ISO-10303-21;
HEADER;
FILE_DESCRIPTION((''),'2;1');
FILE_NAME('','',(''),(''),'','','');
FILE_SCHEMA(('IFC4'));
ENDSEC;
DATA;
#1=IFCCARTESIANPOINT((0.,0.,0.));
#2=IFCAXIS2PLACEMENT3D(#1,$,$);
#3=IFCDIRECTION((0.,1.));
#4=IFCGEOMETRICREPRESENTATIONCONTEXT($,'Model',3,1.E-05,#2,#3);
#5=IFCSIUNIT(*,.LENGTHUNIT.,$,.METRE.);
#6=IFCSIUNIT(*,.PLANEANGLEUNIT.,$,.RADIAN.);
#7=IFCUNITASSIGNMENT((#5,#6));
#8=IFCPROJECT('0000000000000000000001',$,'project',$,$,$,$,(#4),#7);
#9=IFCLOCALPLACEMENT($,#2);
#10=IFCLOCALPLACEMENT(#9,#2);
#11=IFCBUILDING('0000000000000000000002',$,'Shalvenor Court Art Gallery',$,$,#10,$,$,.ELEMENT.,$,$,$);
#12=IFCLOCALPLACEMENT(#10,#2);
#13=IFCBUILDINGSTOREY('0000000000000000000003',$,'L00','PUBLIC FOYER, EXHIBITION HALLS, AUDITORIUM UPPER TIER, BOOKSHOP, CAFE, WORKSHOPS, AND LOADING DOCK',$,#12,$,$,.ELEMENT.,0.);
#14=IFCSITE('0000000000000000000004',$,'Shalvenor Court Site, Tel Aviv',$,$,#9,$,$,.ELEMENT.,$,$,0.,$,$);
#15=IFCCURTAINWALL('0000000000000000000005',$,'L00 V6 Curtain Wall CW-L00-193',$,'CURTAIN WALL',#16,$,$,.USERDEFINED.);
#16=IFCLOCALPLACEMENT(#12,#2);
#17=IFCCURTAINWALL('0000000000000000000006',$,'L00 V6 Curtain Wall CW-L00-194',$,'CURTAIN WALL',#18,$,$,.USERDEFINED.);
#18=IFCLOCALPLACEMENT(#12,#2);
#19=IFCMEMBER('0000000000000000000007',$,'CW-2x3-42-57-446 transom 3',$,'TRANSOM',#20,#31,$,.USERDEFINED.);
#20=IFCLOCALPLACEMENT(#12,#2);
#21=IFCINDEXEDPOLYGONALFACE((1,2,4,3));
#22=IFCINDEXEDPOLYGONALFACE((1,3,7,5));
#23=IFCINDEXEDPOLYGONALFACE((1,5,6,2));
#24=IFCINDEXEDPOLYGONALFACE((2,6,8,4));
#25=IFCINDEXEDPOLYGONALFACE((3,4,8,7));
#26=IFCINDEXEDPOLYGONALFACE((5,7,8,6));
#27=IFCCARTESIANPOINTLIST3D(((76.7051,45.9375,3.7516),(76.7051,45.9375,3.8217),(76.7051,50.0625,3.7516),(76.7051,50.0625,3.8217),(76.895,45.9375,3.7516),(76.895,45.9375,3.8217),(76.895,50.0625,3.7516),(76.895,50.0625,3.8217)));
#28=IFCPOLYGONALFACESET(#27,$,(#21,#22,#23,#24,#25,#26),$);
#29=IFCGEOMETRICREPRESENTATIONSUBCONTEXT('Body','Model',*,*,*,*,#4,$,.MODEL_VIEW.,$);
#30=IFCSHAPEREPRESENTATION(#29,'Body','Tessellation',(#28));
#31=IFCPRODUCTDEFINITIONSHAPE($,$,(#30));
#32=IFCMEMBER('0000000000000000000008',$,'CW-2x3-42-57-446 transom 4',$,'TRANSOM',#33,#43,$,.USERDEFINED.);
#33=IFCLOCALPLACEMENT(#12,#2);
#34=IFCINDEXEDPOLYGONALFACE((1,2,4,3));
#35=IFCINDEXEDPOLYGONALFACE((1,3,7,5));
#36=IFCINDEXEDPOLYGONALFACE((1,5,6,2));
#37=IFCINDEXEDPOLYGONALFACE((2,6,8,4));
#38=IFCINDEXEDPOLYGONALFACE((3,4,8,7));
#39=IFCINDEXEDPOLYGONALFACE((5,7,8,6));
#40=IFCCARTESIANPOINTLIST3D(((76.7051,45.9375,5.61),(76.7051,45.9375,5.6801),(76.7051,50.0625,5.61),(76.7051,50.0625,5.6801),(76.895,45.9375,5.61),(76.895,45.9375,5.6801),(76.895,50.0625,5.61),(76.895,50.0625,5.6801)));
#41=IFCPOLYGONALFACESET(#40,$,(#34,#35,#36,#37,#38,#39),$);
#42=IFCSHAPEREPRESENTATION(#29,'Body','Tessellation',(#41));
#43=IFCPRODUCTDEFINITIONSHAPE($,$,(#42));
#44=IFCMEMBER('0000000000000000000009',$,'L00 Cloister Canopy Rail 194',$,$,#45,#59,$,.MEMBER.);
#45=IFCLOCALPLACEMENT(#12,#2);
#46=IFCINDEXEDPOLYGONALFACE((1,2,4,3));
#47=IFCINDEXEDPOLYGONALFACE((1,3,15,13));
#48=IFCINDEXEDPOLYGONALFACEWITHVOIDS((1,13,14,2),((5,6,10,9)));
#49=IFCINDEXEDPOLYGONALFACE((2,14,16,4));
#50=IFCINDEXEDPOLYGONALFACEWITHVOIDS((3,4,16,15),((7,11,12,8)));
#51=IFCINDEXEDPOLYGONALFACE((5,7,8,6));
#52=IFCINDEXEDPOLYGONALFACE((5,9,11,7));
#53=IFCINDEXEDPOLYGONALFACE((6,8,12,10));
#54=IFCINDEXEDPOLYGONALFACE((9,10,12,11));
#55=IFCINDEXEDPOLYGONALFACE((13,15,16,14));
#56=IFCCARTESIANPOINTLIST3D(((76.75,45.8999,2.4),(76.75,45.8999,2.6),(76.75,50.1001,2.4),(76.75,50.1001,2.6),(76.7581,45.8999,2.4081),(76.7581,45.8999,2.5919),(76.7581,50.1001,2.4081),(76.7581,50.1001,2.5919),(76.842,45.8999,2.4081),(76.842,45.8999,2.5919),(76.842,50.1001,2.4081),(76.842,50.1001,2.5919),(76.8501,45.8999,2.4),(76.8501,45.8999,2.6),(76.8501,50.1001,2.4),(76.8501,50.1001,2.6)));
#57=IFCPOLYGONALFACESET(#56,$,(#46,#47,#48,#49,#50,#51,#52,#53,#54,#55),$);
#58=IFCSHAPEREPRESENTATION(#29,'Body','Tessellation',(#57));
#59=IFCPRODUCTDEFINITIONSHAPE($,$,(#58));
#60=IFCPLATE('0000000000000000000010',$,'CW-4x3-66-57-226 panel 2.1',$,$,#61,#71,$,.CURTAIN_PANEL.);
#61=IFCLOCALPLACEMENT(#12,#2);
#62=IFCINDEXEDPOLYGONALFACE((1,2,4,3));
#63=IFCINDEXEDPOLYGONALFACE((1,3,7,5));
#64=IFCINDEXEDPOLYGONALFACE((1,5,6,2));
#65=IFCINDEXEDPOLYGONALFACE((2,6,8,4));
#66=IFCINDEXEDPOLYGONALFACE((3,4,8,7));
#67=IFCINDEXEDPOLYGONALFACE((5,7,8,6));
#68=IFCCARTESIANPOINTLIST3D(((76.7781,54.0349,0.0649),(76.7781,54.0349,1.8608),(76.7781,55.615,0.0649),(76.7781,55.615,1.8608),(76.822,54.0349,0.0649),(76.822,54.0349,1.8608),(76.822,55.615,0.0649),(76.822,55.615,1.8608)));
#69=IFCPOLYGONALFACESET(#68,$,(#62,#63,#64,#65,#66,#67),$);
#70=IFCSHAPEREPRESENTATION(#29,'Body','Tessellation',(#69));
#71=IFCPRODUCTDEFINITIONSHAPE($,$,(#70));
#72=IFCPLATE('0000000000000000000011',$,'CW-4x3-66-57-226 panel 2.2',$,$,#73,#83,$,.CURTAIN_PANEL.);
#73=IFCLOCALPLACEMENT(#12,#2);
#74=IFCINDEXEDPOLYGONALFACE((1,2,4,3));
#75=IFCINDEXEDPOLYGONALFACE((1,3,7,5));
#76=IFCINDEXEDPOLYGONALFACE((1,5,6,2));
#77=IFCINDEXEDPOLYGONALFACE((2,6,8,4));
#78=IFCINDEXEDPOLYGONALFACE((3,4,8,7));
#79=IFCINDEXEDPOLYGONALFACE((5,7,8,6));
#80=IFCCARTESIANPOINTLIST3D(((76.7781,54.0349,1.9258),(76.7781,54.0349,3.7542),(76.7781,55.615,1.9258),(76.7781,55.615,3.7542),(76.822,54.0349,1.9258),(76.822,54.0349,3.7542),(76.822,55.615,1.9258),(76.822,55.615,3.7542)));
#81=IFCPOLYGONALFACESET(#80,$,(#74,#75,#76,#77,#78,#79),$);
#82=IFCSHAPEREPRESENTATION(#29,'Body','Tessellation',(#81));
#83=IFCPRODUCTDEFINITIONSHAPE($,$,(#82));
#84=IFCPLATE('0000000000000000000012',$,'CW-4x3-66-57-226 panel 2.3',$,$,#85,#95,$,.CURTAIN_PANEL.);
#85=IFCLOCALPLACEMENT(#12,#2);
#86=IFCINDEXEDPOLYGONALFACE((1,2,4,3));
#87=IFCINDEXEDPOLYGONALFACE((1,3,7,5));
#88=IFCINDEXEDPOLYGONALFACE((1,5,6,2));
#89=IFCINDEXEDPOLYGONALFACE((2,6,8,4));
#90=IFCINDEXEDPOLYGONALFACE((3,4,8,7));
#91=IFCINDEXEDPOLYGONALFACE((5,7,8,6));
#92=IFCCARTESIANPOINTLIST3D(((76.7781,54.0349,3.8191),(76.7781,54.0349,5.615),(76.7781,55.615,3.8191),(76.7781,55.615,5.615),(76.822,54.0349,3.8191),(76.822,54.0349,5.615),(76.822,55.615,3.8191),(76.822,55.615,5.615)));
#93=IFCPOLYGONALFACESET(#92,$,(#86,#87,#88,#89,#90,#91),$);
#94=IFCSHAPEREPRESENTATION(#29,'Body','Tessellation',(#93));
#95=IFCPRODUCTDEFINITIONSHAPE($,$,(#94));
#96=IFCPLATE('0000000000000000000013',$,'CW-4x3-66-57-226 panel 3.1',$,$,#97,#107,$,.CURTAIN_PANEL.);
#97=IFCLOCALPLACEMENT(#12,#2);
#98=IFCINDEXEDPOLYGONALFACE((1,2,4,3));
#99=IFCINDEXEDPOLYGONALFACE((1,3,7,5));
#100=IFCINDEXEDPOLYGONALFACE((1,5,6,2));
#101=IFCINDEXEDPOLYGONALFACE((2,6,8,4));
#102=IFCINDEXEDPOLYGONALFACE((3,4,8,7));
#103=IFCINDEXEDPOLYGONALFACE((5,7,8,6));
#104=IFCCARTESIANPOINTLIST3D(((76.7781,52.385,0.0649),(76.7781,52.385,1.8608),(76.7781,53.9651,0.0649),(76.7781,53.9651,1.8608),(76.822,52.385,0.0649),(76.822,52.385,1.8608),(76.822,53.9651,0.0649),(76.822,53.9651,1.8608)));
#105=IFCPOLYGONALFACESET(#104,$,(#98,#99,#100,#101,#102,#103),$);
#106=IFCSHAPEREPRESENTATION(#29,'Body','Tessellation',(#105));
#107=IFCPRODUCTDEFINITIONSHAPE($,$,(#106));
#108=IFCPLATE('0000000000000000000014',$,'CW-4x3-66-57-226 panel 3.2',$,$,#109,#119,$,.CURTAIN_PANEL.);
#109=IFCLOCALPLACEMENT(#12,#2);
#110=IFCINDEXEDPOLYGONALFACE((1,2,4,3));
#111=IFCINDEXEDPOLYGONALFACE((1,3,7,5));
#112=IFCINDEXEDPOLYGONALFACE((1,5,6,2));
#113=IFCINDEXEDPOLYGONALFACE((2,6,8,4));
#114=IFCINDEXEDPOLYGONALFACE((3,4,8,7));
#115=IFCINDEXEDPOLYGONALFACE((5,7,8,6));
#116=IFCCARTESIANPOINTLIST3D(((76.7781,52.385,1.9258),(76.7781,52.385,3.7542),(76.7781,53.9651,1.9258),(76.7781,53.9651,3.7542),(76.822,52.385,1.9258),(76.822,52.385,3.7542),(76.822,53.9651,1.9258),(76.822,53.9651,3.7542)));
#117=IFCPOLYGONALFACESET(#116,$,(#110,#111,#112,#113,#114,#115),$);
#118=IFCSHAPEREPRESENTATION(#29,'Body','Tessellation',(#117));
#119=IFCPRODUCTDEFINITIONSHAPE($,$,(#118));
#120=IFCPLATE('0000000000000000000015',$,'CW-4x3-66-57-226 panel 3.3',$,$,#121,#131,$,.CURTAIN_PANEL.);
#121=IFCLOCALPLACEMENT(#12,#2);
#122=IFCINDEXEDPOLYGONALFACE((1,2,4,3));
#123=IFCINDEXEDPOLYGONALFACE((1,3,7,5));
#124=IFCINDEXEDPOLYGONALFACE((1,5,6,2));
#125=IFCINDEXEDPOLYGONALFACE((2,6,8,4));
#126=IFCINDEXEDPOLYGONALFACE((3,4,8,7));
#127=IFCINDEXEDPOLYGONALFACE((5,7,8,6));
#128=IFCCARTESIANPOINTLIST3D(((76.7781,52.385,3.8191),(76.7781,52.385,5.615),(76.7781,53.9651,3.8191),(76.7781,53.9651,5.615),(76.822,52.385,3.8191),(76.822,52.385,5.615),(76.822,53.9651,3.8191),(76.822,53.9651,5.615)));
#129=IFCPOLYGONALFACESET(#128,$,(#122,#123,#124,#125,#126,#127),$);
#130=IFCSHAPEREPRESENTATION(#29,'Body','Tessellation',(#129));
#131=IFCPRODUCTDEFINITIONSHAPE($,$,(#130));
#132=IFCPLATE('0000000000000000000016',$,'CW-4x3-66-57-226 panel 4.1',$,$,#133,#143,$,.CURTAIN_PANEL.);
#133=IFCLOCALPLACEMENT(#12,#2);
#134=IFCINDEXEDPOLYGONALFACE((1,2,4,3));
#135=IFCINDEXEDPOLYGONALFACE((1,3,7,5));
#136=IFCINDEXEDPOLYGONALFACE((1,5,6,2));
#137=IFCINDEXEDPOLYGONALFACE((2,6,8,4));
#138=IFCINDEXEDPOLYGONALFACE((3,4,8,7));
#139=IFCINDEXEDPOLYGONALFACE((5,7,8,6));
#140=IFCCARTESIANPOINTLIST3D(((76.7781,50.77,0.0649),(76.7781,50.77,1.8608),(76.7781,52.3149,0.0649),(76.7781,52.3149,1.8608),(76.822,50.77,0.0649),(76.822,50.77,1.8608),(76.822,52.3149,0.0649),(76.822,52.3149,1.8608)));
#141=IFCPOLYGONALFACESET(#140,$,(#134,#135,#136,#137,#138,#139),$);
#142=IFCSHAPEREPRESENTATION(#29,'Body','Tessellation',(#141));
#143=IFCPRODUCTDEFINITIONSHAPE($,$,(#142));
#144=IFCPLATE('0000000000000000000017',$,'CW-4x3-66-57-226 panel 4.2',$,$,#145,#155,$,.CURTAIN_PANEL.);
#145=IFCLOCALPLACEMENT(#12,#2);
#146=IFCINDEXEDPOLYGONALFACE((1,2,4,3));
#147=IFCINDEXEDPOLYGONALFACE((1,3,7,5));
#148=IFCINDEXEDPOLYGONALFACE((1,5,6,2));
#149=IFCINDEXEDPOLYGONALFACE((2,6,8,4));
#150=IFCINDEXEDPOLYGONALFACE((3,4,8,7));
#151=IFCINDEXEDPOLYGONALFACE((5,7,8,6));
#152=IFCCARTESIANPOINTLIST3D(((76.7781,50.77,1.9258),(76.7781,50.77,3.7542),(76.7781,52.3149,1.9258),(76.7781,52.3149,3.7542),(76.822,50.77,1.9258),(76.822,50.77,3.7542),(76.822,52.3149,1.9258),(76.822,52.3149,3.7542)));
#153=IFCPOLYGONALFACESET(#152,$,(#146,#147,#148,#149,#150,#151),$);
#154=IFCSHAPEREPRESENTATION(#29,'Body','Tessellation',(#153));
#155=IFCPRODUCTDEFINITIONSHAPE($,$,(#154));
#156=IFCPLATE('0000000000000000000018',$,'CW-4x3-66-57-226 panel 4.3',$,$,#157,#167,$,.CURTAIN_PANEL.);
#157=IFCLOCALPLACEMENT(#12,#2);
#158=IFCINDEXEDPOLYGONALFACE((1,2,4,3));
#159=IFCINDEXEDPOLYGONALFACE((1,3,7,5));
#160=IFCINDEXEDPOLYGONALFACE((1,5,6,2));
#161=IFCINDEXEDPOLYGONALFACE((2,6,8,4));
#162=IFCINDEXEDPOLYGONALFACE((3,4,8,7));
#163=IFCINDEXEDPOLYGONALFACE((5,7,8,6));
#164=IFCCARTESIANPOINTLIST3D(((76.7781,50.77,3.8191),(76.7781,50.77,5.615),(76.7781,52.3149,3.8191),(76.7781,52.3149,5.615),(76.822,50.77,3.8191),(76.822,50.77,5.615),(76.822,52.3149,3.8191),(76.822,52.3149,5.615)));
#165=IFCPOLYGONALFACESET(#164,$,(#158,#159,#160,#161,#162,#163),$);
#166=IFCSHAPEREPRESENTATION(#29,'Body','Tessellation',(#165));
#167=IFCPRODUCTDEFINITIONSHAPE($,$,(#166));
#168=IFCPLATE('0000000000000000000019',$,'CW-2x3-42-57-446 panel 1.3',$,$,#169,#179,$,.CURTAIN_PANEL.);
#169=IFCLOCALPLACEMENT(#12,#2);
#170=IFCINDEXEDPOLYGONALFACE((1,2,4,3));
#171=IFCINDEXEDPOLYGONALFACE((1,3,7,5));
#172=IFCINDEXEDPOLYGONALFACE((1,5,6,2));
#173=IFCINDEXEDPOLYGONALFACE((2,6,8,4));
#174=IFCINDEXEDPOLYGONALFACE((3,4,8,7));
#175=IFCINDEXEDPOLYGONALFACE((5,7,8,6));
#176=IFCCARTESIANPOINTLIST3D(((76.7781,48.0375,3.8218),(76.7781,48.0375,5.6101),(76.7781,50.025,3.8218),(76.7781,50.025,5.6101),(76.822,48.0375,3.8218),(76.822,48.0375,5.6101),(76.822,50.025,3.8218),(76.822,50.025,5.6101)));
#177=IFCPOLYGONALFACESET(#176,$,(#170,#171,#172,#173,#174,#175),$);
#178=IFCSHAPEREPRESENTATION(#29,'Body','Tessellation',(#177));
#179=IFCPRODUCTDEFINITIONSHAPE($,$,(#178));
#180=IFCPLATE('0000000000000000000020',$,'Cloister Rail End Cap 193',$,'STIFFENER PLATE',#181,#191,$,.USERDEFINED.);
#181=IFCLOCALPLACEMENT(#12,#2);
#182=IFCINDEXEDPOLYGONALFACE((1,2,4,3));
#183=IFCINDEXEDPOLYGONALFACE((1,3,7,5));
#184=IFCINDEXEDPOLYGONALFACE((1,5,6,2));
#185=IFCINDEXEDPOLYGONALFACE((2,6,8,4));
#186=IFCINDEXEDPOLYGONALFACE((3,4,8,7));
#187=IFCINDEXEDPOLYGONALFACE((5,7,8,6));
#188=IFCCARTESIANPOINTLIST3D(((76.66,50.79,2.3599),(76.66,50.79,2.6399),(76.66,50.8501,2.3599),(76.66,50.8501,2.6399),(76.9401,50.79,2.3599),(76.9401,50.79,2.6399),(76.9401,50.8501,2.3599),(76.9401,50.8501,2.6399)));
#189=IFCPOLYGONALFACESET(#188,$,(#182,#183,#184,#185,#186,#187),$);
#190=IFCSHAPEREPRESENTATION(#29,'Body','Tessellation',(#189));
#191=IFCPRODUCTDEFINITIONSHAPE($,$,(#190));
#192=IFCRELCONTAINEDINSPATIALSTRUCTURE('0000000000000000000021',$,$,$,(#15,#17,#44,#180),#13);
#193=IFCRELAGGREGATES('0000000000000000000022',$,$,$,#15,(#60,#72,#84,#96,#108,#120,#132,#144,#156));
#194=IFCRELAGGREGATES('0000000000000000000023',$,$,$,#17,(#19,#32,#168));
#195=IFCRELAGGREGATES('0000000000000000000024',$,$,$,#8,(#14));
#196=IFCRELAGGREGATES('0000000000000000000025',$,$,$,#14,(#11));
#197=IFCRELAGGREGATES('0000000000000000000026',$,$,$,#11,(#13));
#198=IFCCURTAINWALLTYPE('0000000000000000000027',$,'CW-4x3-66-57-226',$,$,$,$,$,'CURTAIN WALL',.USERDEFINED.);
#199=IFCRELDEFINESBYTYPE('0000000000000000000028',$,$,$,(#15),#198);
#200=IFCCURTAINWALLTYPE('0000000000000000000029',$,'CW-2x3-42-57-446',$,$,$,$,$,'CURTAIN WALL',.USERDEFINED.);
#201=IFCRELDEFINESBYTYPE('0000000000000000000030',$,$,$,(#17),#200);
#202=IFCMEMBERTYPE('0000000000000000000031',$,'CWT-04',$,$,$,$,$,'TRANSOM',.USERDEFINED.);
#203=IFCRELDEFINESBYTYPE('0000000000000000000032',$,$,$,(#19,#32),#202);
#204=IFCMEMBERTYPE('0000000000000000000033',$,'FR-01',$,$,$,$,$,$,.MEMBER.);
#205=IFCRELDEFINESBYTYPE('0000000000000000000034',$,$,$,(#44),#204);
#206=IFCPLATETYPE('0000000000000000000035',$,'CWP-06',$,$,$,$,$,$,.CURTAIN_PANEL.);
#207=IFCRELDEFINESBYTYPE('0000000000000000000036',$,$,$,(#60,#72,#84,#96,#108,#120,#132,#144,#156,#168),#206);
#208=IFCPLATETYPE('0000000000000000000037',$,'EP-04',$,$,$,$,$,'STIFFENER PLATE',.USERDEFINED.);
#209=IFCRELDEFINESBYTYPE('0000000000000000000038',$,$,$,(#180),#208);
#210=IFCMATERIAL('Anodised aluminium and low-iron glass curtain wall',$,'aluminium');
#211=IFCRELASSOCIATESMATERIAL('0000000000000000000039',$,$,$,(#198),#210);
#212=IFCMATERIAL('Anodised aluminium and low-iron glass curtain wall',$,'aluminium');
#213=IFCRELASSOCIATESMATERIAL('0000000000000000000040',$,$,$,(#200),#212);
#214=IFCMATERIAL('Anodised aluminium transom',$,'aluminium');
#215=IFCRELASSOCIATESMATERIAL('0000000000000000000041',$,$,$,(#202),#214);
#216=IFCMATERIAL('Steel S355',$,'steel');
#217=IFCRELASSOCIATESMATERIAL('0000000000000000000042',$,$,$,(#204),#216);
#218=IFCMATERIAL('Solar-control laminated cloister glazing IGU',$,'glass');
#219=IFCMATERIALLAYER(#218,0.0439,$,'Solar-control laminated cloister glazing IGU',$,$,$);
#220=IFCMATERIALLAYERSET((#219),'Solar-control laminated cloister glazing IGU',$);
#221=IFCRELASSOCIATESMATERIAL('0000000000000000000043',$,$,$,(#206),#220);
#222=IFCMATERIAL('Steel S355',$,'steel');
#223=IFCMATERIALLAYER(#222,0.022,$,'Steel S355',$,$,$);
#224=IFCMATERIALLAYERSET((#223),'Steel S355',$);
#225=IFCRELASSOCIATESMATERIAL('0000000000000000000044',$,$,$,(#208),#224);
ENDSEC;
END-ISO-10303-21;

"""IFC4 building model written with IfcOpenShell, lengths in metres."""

from ifc_helpers import new_model, si_unit, direction, frame, origin, origin_2d, place, context, subcontext, project, spatial, rectangle, hollow_rectangle, extrude, material, layer, layer_set, material_profile, profile_set, type_object, element, aggregate, save


model = new_model("IFC4")

# Units and contexts
model_context = context("Model", 3, precision=1e-05, world=origin(), true_north=direction((0.0, 1.0)))
body_context = subcontext(model_context, "Body", "Model", "MODEL_VIEW")
ifc_project = project(units=[si_unit("LENGTHUNIT", "METRE"), si_unit("PLANEANGLEUNIT", "RADIAN")], contexts=[model_context])

# Site, building, storey
site_placement = place(None, origin())
site = spatial("IfcSite", under=ifc_project, at=site_placement, Name="Shalvenor Court Site, Tel Aviv", CompositionType="ELEMENT", RefElevation=0.0)
building_placement = place(site_placement, origin())
building = spatial("IfcBuilding", under=site, at=building_placement, Name="Shalvenor Court Art Gallery", CompositionType="ELEMENT")
storey_placement = place(building_placement, origin())
storey = spatial("IfcBuildingStorey", under=building, at=storey_placement, Name="L00", Description="PUBLIC FOYER, EXHIBITION HALLS, AUDITORIUM UPPER TIER, BOOKSHOP, CAFE, WORKSHOPS, AND LOADING DOCK", CompositionType="ELEMENT", Elevation=0.0)

# Curtain walls, members
ifc_material_1 = material(Name="Anodised aluminium and low-iron glass curtain wall", Category="aluminium")
curtain_wall_type_1 = type_object("IfcCurtainWallType", Name="CW-4x3-66-57-226", ElementType="CURTAIN WALL", PredefinedType="USERDEFINED", material=ifc_material_1)
curtain_wall_1_placement = place(storey_placement, origin())
curtain_wall_1 = element("IfcCurtainWall", 1, at=curtain_wall_1_placement, inside=storey, type_object=curtain_wall_type_1, Name="L00 V6 Curtain Wall CW-L00-193", ObjectType="CURTAIN WALL", PredefinedType="USERDEFINED")
ifc_material_2 = material(Name="Anodised aluminium and low-iron glass curtain wall", Category="aluminium")
curtain_wall_type_2 = type_object("IfcCurtainWallType", Name="CW-2x3-42-57-446", ElementType="CURTAIN WALL", PredefinedType="USERDEFINED", material=ifc_material_2)
curtain_wall_2_placement = place(storey_placement, origin())
curtain_wall_2 = element("IfcCurtainWall", 2, at=curtain_wall_2_placement, inside=storey, type_object=curtain_wall_type_2, Name="L00 V6 Curtain Wall CW-L00-194", ObjectType="CURTAIN WALL", PredefinedType="USERDEFINED")
ifc_material_3 = material(Name="Anodised aluminium transom", Category="aluminium")
ifc_material_profile_1 = material_profile(ifc_material_3, rectangle(XDim=0.1899, YDim=0.0701, at=origin_2d()), Name="CWT-04")
ifc_profile_set_1 = profile_set([ifc_material_profile_1], Name="Anodised aluminium transom")
member_type_1 = type_object("IfcMemberType", Name="CWT-04", ElementType="TRANSOM", PredefinedType="USERDEFINED", material=ifc_profile_set_1)
member_1_placement = place(storey_placement, frame((76.8, 50.0625, 3.7866), z_axis=(0.0, -1.0, 0.0), x_axis=(1.0, 0.0, 0.0)))
member_1 = element("IfcMember", 3, at=member_1_placement, type_object=member_type_1, Name="CW-2x3-42-57-446 transom 3", ObjectType="TRANSOM", PredefinedType="USERDEFINED", context=body_context, shape_type="SweptSolid", body=[
    extrude(rectangle(XDim=0.1899, YDim=0.0701, at=origin_2d()), origin(), (0.0, 0.0, 1.0), 4.125),
])
member_2_placement = place(storey_placement, frame((76.8, 50.0625, 5.645), z_axis=(0.0, -1.0, 0.0), x_axis=(1.0, 0.0, 0.0)))
member_2 = element("IfcMember", 4, at=member_2_placement, type_object=member_type_1, Name="CW-2x3-42-57-446 transom 4", ObjectType="TRANSOM", PredefinedType="USERDEFINED", context=body_context, shape_type="SweptSolid", body=[
    extrude(rectangle(XDim=0.1899, YDim=0.0701, at=origin_2d()), origin(), (0.0, 0.0, 1.0), 4.125),
])

# Member
ifc_material_4 = material(Name="Steel S355", Category="steel")
ifc_material_profile_2 = material_profile(ifc_material_4, hollow_rectangle(XDim=0.1001, YDim=0.2, WallThickness=0.0081, at=origin_2d()), Name="RHS 200x100x8.0")
ifc_profile_set_2 = profile_set([ifc_material_profile_2], Name="Steel S355")
member_type_2 = type_object("IfcMemberType", Name="FR-01", PredefinedType="MEMBER", material=ifc_profile_set_2)
member_3_placement = place(storey_placement, frame((76.8, 50.1001, 2.5), z_axis=(0.0, -1.0, 0.0), x_axis=(1.0, 0.0, 0.0)))
element("IfcMember", 5, at=member_3_placement, inside=storey, type_object=member_type_2, Name="L00 Cloister Canopy Rail 194", PredefinedType="MEMBER", context=body_context, shape_type="SweptSolid", body=[
    extrude(hollow_rectangle(XDim=0.1001, YDim=0.2, WallThickness=0.0081, at=origin_2d()), origin(), (0.0, 0.0, 1.0), 4.2002),
])

# Plates
ifc_material_5 = material(Name="Solar-control laminated cloister glazing IGU", Category="glass")
ifc_layer_1 = layer(ifc_material_5, 0.0439, Name="Solar-control laminated cloister glazing IGU")
ifc_layer_set_1 = layer_set([ifc_layer_1], Name="Solar-control laminated cloister glazing IGU")
plate_type_1 = type_object("IfcPlateType", Name="CWP-06", PredefinedType="CURTAIN_PANEL", material=ifc_layer_set_1)
plate_1_placement = place(storey_placement, frame((76.8, 54.825, 0.0649), z_axis=(0.0, 0.0, 1.0), x_axis=(0.0, -1.0, 0.0)))
plate_1 = element("IfcPlate", 6, at=plate_1_placement, type_object=plate_type_1, Name="CW-4x3-66-57-226 panel 2.1", PredefinedType="CURTAIN_PANEL", context=body_context, shape_type="SweptSolid", body=[
    extrude(rectangle(XDim=1.5801, YDim=0.0439, at=origin_2d()), origin(), (0.0, 0.0, 1.0), 1.7959),
])
plate_2_placement = place(storey_placement, frame((76.8, 54.825, 1.9258), z_axis=(0.0, 0.0, 1.0), x_axis=(0.0, -1.0, 0.0)))
plate_2 = element("IfcPlate", 7, at=plate_2_placement, type_object=plate_type_1, Name="CW-4x3-66-57-226 panel 2.2", PredefinedType="CURTAIN_PANEL", context=body_context, shape_type="SweptSolid", body=[
    extrude(rectangle(XDim=1.5801, YDim=0.0439, at=origin_2d()), origin(), (0.0, 0.0, 1.0), 1.8284),
])
plate_3_placement = place(storey_placement, frame((76.8, 54.825, 3.8191), z_axis=(0.0, 0.0, 1.0), x_axis=(0.0, -1.0, 0.0)))
plate_3 = element("IfcPlate", 8, at=plate_3_placement, type_object=plate_type_1, Name="CW-4x3-66-57-226 panel 2.3", PredefinedType="CURTAIN_PANEL", context=body_context, shape_type="SweptSolid", body=[
    extrude(rectangle(XDim=1.5801, YDim=0.0439, at=origin_2d()), origin(), (0.0, 0.0, 1.0), 1.7959),
])
plate_4_placement = place(storey_placement, frame((76.8, 53.175, 0.0649), z_axis=(0.0, 0.0, 1.0), x_axis=(0.0, -1.0, 0.0)))
plate_4 = element("IfcPlate", 9, at=plate_4_placement, type_object=plate_type_1, Name="CW-4x3-66-57-226 panel 3.1", PredefinedType="CURTAIN_PANEL", context=body_context, shape_type="SweptSolid", body=[
    extrude(rectangle(XDim=1.5801, YDim=0.0439, at=origin_2d()), origin(), (0.0, 0.0, 1.0), 1.7959),
])
plate_5_placement = place(storey_placement, frame((76.8, 53.175, 1.9258), z_axis=(0.0, 0.0, 1.0), x_axis=(0.0, -1.0, 0.0)))
plate_5 = element("IfcPlate", 10, at=plate_5_placement, type_object=plate_type_1, Name="CW-4x3-66-57-226 panel 3.2", PredefinedType="CURTAIN_PANEL", context=body_context, shape_type="SweptSolid", body=[
    extrude(rectangle(XDim=1.5801, YDim=0.0439, at=origin_2d()), origin(), (0.0, 0.0, 1.0), 1.8284),
])
plate_6_placement = place(storey_placement, frame((76.8, 53.175, 3.8191), z_axis=(0.0, 0.0, 1.0), x_axis=(0.0, -1.0, 0.0)))
plate_6 = element("IfcPlate", 11, at=plate_6_placement, type_object=plate_type_1, Name="CW-4x3-66-57-226 panel 3.3", PredefinedType="CURTAIN_PANEL", context=body_context, shape_type="SweptSolid", body=[
    extrude(rectangle(XDim=1.5801, YDim=0.0439, at=origin_2d()), origin(), (0.0, 0.0, 1.0), 1.7959),
])
plate_7_placement = place(storey_placement, frame((76.8, 51.5425, 0.0649), z_axis=(0.0, 0.0, 1.0), x_axis=(0.0, -1.0, 0.0)))
plate_7 = element("IfcPlate", 12, at=plate_7_placement, type_object=plate_type_1, Name="CW-4x3-66-57-226 panel 4.1", PredefinedType="CURTAIN_PANEL", context=body_context, shape_type="SweptSolid", body=[
    extrude(rectangle(XDim=1.5449, YDim=0.0439, at=origin_2d()), origin(), (0.0, 0.0, 1.0), 1.7959),
])
plate_8_placement = place(storey_placement, frame((76.8, 51.5425, 1.9258), z_axis=(0.0, 0.0, 1.0), x_axis=(0.0, -1.0, 0.0)))
plate_8 = element("IfcPlate", 13, at=plate_8_placement, type_object=plate_type_1, Name="CW-4x3-66-57-226 panel 4.2", PredefinedType="CURTAIN_PANEL", context=body_context, shape_type="SweptSolid", body=[
    extrude(rectangle(XDim=1.5449, YDim=0.0439, at=origin_2d()), origin(), (0.0, 0.0, 1.0), 1.8284),
])
plate_9_placement = place(storey_placement, frame((76.8, 51.5425, 3.8191), z_axis=(0.0, 0.0, 1.0), x_axis=(0.0, -1.0, 0.0)))
plate_9 = element("IfcPlate", 14, at=plate_9_placement, type_object=plate_type_1, Name="CW-4x3-66-57-226 panel 4.3", PredefinedType="CURTAIN_PANEL", context=body_context, shape_type="SweptSolid", body=[
    extrude(rectangle(XDim=1.5449, YDim=0.0439, at=origin_2d()), origin(), (0.0, 0.0, 1.0), 1.7959),
])
aggregate(curtain_wall_1, [plate_1, plate_2, plate_3, plate_4, plate_5, plate_6, plate_7, plate_8, plate_9])
plate_10_placement = place(storey_placement, frame((76.8, 49.0312, 3.8218), z_axis=(0.0, 0.0, 1.0), x_axis=(0.0, -1.0, 0.0)))
plate_10 = element("IfcPlate", 15, at=plate_10_placement, type_object=plate_type_1, Name="CW-2x3-42-57-446 panel 1.3", PredefinedType="CURTAIN_PANEL", context=body_context, shape_type="SweptSolid", body=[
    extrude(rectangle(XDim=1.9875, YDim=0.0439, at=origin_2d()), origin(), (0.0, 0.0, 1.0), 1.7883),
])
aggregate(curtain_wall_2, [member_1, member_2, plate_10])

# Plate
ifc_material_6 = material(Name="Steel S355", Category="steel")
ifc_layer_2 = layer(ifc_material_6, 0.022, Name="Steel S355")
ifc_layer_set_2 = layer_set([ifc_layer_2], Name="Steel S355")
plate_type_2 = type_object("IfcPlateType", Name="EP-04", ElementType="STIFFENER PLATE", PredefinedType="USERDEFINED", material=ifc_layer_set_2)
for number, where, z_axis, x_axis, name in (
    (16, (76.8, 50.8201, 2.3599), (0.0, 0.0, 1.0), (1.0, 0.0, 0.0), "Cloister Rail End Cap 193"),
):
    element("IfcPlate", number, at=place(storey_placement, frame(where, z_axis=z_axis, x_axis=x_axis)), inside=storey, type_object=plate_type_2, Name=name, ObjectType="STIFFENER PLATE", PredefinedType="USERDEFINED", context=body_context, shape_type="SweptSolid", body=[
        extrude(rectangle(XDim=0.28, YDim=0.0601, at=origin_2d()), origin(), (0.0, 0.0, 1.0), 0.28),
    ])

save(model, "model.ifc")
